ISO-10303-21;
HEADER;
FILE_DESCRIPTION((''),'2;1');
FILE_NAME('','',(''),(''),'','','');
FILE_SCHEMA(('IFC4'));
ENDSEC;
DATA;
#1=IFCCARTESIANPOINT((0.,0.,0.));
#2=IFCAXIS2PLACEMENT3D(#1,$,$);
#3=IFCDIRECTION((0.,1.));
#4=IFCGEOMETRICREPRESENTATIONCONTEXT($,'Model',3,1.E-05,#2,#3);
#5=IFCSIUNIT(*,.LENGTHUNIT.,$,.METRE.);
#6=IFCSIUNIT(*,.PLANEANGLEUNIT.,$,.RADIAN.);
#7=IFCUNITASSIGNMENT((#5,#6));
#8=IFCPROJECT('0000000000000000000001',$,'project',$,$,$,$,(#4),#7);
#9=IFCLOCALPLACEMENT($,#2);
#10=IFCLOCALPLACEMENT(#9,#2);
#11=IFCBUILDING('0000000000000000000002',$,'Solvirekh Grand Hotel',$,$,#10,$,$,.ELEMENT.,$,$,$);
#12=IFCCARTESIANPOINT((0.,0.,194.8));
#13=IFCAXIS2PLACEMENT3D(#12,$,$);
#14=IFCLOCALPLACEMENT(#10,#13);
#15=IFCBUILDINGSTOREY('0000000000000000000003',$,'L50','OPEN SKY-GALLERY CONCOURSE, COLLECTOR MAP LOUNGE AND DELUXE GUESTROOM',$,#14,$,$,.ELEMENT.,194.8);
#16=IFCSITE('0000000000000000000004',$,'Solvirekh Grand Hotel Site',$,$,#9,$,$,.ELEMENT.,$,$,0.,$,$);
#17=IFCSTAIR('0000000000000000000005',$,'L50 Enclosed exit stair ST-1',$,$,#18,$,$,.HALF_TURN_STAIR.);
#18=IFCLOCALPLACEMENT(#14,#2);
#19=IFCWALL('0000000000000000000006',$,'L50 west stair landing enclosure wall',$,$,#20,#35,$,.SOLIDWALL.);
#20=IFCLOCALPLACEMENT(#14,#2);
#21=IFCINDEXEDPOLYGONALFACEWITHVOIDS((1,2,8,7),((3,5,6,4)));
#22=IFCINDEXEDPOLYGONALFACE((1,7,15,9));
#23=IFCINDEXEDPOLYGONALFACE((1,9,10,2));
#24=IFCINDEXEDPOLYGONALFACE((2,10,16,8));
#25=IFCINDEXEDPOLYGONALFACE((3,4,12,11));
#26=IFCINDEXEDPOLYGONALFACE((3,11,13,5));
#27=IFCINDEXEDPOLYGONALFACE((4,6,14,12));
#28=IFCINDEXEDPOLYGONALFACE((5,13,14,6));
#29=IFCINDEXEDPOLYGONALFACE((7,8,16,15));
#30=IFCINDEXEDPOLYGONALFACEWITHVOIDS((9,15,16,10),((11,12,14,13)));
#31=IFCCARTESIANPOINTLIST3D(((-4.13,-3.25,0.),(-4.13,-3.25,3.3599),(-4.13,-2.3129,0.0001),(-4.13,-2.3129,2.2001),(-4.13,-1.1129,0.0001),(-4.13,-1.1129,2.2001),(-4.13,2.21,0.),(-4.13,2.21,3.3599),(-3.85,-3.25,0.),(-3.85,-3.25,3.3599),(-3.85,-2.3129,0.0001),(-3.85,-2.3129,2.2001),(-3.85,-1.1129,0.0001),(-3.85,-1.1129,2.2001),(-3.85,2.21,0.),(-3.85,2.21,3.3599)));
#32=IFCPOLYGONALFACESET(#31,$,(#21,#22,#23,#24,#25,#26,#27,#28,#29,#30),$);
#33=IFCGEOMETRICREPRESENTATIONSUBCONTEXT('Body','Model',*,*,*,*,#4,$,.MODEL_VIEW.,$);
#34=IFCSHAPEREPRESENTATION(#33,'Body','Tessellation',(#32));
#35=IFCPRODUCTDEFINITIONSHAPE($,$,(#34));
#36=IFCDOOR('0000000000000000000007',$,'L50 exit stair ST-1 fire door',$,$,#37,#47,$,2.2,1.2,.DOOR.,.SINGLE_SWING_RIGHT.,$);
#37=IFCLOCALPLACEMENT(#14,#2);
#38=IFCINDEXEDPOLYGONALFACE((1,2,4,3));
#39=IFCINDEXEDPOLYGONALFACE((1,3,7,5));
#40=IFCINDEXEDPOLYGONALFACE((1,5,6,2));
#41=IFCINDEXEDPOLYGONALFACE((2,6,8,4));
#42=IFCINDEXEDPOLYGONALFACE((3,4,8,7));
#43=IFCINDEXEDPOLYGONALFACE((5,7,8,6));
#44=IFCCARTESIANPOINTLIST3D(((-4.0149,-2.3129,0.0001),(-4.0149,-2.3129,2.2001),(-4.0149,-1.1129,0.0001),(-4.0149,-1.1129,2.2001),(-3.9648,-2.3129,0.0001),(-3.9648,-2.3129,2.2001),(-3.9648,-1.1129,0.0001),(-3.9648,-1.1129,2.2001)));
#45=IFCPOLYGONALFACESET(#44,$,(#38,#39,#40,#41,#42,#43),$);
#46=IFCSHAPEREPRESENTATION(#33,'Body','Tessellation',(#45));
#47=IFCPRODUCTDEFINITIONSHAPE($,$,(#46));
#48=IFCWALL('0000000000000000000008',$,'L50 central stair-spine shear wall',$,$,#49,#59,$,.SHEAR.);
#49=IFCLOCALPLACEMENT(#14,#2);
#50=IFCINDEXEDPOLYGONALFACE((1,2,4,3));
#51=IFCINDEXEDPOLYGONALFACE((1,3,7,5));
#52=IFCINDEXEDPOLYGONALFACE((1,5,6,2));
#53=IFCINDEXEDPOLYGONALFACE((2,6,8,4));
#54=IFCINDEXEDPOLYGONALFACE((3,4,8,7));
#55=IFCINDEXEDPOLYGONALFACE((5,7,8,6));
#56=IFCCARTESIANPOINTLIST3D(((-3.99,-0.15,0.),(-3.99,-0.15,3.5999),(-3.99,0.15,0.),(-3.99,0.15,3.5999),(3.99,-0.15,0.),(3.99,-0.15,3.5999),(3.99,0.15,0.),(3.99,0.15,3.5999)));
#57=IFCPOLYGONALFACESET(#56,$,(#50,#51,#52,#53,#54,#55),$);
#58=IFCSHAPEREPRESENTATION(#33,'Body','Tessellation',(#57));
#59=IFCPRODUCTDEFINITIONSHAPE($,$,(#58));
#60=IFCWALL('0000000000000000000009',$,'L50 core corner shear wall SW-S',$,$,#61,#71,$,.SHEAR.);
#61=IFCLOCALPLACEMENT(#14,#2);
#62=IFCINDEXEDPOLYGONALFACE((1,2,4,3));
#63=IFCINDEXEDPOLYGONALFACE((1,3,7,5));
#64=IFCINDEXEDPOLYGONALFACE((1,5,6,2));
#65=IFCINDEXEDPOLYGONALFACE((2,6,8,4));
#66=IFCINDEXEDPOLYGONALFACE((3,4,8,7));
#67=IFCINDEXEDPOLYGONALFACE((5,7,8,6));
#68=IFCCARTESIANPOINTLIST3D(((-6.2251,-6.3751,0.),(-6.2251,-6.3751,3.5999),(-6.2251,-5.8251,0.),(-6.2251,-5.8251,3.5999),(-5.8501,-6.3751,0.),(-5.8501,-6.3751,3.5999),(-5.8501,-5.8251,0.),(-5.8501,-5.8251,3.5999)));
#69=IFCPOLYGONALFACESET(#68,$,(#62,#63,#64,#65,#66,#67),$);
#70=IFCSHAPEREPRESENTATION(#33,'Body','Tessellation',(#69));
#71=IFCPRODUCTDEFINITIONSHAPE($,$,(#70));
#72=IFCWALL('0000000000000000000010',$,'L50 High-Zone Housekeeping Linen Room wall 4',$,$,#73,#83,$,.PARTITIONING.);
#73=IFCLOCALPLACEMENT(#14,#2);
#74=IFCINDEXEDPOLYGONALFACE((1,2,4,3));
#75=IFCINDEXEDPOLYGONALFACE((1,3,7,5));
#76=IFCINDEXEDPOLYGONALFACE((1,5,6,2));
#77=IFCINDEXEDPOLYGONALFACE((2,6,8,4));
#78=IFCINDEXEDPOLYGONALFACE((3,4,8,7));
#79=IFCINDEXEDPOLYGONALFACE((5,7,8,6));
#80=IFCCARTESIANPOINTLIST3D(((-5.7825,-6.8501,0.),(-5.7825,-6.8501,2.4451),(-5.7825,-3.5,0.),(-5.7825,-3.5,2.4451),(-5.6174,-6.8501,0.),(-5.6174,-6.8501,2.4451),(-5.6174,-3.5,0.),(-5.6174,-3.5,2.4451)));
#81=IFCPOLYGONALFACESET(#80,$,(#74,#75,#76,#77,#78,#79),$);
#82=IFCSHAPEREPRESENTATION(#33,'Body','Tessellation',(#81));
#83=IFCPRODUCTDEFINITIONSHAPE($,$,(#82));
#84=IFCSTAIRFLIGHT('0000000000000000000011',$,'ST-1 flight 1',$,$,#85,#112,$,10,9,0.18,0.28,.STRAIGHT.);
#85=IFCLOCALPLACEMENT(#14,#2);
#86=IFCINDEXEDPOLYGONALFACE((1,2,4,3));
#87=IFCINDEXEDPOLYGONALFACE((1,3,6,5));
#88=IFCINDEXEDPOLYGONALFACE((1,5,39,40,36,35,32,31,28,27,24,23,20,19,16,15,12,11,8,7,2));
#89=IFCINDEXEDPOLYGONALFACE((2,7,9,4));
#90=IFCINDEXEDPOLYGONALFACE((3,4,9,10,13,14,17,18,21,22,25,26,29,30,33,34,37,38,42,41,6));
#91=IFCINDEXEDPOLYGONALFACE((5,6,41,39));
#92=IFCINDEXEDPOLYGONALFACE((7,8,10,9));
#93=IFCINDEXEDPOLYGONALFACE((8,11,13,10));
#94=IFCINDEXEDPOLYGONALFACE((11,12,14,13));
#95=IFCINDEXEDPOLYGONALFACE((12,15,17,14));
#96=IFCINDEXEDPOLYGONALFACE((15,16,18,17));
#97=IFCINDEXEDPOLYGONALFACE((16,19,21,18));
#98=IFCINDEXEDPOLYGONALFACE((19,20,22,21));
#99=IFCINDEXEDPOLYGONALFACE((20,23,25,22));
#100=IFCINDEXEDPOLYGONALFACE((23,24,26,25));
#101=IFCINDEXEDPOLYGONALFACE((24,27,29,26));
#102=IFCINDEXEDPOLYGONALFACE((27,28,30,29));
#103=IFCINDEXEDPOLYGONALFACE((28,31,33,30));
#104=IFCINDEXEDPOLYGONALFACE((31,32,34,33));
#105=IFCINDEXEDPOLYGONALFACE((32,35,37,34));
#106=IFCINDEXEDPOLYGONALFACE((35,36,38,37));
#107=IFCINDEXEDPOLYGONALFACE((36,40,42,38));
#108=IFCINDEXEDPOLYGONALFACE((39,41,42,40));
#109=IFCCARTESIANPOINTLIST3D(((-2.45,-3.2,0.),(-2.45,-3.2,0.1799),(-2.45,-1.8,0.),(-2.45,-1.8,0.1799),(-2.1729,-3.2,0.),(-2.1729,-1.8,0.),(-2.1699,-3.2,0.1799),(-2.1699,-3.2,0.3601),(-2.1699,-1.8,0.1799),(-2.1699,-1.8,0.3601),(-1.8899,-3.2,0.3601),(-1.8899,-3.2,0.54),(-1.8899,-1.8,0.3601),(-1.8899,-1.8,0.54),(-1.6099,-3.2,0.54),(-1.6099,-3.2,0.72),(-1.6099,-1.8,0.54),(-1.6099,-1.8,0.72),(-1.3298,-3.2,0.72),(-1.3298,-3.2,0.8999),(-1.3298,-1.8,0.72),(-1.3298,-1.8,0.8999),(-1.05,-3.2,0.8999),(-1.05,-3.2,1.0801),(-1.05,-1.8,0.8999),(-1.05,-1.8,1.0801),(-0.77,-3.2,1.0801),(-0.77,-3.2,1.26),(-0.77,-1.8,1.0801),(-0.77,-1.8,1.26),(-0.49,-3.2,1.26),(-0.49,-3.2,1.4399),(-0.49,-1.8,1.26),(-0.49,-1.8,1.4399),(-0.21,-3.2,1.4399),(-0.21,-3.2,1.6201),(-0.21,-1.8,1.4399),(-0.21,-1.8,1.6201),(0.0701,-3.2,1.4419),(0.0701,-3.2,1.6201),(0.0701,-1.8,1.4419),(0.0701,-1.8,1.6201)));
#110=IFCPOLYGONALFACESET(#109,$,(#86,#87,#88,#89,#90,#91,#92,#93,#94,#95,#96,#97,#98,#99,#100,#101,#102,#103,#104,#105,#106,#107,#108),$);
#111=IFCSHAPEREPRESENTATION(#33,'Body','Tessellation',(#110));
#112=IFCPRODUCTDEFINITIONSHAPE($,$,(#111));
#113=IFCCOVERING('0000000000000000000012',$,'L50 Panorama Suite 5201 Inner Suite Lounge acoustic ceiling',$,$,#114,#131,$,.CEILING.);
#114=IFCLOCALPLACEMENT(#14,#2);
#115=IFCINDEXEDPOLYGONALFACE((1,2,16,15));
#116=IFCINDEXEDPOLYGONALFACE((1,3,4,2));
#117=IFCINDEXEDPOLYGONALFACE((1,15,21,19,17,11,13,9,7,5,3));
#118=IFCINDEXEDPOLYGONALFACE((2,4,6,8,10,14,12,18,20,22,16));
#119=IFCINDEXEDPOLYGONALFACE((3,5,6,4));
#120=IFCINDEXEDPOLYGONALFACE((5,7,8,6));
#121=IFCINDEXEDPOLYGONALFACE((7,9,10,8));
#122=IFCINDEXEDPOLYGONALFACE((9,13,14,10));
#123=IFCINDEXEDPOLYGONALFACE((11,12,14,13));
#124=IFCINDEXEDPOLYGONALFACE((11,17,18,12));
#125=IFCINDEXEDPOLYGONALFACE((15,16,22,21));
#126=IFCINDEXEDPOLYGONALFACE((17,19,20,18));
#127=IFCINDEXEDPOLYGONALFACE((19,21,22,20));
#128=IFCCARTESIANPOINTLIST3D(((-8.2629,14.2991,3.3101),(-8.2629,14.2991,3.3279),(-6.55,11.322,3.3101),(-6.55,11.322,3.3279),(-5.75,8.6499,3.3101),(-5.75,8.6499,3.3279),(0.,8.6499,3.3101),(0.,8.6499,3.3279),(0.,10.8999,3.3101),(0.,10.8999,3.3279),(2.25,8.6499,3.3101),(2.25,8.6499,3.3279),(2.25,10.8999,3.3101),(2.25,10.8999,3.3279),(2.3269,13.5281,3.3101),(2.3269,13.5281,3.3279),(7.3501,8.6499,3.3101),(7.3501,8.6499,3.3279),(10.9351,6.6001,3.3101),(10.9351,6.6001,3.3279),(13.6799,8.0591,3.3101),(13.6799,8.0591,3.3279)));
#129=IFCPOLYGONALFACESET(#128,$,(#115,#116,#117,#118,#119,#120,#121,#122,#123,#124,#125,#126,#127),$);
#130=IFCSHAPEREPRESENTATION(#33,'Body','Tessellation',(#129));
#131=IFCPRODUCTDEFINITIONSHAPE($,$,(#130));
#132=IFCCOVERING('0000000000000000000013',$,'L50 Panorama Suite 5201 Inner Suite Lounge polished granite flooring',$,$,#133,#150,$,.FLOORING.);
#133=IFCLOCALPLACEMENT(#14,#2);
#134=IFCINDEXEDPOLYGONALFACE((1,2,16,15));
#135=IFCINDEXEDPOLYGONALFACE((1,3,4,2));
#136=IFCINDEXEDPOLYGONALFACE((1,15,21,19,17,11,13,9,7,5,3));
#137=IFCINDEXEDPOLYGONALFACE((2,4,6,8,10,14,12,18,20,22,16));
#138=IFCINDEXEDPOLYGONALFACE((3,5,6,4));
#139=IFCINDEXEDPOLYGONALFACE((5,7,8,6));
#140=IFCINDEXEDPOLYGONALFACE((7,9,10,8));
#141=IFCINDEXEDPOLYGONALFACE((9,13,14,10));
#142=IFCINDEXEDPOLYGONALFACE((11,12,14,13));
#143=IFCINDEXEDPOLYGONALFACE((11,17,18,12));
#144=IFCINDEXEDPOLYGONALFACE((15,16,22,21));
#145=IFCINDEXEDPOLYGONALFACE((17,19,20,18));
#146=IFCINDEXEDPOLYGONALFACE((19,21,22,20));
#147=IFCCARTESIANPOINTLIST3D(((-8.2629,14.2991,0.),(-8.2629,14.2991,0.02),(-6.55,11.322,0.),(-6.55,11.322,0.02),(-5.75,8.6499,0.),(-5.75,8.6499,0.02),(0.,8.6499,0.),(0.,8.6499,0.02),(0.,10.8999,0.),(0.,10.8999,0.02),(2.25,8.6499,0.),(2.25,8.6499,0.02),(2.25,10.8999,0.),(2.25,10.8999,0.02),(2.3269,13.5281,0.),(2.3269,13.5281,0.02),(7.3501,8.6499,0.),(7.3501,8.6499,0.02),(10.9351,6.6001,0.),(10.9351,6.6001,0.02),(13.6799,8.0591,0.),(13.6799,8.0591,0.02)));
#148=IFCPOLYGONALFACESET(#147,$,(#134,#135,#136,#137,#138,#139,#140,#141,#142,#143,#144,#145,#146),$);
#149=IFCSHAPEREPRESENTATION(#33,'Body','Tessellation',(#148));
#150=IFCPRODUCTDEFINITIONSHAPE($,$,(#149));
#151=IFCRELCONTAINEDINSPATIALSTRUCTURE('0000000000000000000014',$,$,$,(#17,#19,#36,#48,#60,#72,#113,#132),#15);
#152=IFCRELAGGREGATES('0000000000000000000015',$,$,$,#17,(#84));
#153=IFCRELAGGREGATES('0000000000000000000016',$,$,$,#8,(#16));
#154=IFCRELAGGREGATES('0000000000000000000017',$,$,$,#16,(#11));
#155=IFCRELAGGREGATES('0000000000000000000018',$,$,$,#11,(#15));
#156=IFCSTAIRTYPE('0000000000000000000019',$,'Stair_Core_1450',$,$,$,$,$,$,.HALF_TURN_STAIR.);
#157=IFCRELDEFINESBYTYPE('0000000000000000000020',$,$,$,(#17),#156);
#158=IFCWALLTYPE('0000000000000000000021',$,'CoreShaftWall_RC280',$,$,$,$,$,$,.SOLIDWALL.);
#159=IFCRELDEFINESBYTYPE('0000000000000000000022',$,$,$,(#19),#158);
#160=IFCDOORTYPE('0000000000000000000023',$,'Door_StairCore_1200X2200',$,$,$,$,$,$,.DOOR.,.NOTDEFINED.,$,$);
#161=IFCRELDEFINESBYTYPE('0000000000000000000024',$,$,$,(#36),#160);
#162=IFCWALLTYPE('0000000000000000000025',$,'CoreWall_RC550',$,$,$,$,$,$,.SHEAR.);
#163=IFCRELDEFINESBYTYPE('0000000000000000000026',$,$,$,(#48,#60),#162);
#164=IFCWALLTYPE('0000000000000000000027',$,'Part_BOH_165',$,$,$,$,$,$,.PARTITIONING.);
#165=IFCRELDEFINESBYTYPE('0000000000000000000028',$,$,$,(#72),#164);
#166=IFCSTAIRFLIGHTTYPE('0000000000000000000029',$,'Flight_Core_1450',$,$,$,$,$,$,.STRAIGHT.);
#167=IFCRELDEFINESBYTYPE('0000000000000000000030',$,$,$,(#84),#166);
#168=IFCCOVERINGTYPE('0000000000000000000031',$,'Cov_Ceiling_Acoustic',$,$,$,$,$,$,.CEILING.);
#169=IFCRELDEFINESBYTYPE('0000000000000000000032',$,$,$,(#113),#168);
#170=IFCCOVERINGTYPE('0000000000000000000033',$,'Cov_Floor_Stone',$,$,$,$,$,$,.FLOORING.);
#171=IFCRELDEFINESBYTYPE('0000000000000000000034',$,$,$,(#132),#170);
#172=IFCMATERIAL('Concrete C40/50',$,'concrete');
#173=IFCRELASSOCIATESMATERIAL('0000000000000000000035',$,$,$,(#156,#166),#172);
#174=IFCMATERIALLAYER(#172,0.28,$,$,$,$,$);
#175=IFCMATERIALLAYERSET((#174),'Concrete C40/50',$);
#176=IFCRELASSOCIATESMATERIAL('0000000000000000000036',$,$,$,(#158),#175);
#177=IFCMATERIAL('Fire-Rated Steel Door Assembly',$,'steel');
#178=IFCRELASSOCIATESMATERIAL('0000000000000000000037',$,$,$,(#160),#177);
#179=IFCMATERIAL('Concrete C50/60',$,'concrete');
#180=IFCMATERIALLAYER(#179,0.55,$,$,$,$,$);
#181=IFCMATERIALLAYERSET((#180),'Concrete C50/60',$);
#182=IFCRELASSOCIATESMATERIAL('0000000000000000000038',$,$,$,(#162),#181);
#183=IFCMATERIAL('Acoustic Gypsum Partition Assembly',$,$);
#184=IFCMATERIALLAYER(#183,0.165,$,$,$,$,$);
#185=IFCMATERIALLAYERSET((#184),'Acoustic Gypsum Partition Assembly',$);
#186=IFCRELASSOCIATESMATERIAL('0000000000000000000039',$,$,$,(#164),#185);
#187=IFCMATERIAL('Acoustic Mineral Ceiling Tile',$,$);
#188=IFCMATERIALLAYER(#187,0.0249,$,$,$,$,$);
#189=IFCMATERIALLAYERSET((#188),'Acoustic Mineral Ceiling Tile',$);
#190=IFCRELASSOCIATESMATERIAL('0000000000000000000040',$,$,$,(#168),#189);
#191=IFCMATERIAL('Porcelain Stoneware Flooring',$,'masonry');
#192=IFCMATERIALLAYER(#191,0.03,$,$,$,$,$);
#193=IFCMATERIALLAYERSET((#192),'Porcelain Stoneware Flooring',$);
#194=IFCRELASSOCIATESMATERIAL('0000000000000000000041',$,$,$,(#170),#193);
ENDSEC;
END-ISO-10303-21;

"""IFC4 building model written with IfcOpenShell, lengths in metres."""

from ifc_helpers import new_model, si_unit, direction, frame, frame_2d, origin, place, context, subcontext, project, spatial, polyline, rectangle, outline, extrude, material, layer, layer_set, type_object, element, fill, aggregate, save


model = new_model("IFC4")

# Units and contexts
model_context = context("Model", 3, precision=1e-05, world=origin(), true_north=direction((0.0, 1.0)))
body_context = subcontext(model_context, "Body", "Model", "MODEL_VIEW")
ifc_project = project(units=[si_unit("LENGTHUNIT", "METRE"), si_unit("PLANEANGLEUNIT", "RADIAN")], contexts=[model_context])

# Site, building, storey
site_placement = place(None, origin())
site = spatial("IfcSite", under=ifc_project, at=site_placement, Name="Solvirekh Grand Hotel Site", CompositionType="ELEMENT", RefElevation=0.0)
building_placement = place(site_placement, origin())
building = spatial("IfcBuilding", under=site, at=building_placement, Name="Solvirekh Grand Hotel", CompositionType="ELEMENT")
storey_placement = place(building_placement, frame((0.0, 0.0, 194.8)))
storey = spatial("IfcBuildingStorey", under=building, at=storey_placement, Name="L50", Description="OPEN SKY-GALLERY CONCOURSE, COLLECTOR MAP LOUNGE AND DELUXE GUESTROOM", CompositionType="ELEMENT", Elevation=194.8)

# Shared definitions
ifc_material_1 = material(Name="Concrete C50/60", Category="concrete")

# Stair
ifc_material_2 = material(Name="Concrete C40/50", Category="concrete")
stair_type = type_object("IfcStairType", Name="Stair_Core_1450", PredefinedType="HALF_TURN_STAIR", material=ifc_material_2)
stair_1_placement = place(storey_placement, origin())
stair_1 = element("IfcStair", 1, at=stair_1_placement, inside=storey, type_object=stair_type, Name="L50 Enclosed exit stair ST-1", PredefinedType="HALF_TURN_STAIR")

# Wall, opening, door
ifc_layer_1 = layer(ifc_material_2, 0.28)
ifc_layer_set_1 = layer_set([ifc_layer_1], Name="Concrete C40/50")
wall_type_1 = type_object("IfcWallType", Name="CoreShaftWall_RC280", PredefinedType="SOLIDWALL", material=ifc_layer_set_1)
wall_1_placement = place(storey_placement, frame((-3.99, -3.25, 0.0), z_axis=(0.0, 0.0, 1.0), x_axis=(0.0, 1.0, 0.0)))
wall_1 = element("IfcWall", 2, at=wall_1_placement, inside=storey, type_object=wall_type_1, Name="L50 west stair landing enclosure wall", PredefinedType="SOLIDWALL", context=body_context, shape_type="SweptSolid", body=[
    extrude(rectangle(XDim=5.46, YDim=0.28, at=frame_2d((2.73, 0.0))), origin(), (0.0, 0.0, 1.0), 3.3599),
])
opening_placement = place(wall_1_placement, frame((0.937, 0.0, 0.0)))
opening = element("IfcOpeningElement", 3, at=opening_placement, cuts=wall_1, PredefinedType="OPENING", context=body_context, shape_type="SweptSolid", body=[
    extrude(rectangle(XDim=1.2, YDim=2.2, at=frame_2d((0.6001, 1.1001))), frame((0.0, 0.1499, 0.0), z_axis=(0.0, -1.0, 0.0), x_axis=(1.0, 0.0, 0.0)), (0.0, 0.0, 1.0), 0.3),
])
ifc_material_3 = material(Name="Fire-Rated Steel Door Assembly", Category="steel")
door_type = type_object("IfcDoorType", Name="Door_StairCore_1200X2200", OperationType="NOTDEFINED", PredefinedType="DOOR", material=ifc_material_3)
door_placement = place(opening_placement, origin())
door = element("IfcDoor", 4, at=door_placement, inside=storey, type_object=door_type, Name="L50 exit stair ST-1 fire door", OperationType="SINGLE_SWING_RIGHT", OverallHeight=2.2, OverallWidth=1.2, PredefinedType="DOOR", context=body_context, shape_type="SweptSolid", body=[
    extrude(rectangle(XDim=1.2, YDim=2.2, at=frame_2d((0.6001, 1.1001))), frame((0.0, 0.0249, 0.0), z_axis=(0.0, -1.0, 0.0), x_axis=(1.0, 0.0, 0.0)), (0.0, 0.0, 1.0), 0.05),
])
fill(opening, door)

# Walls
ifc_layer_2 = layer(ifc_material_1, 0.55)
ifc_layer_set_2 = layer_set([ifc_layer_2], Name="Concrete C50/60")
wall_type_2 = type_object("IfcWallType", Name="CoreWall_RC550", PredefinedType="SHEAR", material=ifc_layer_set_2)
wall_2_placement = place(storey_placement, frame((-3.99, 0.0, 0.0), z_axis=(0.0, 0.0, 1.0), x_axis=(1.0, 0.0, 0.0)))
element("IfcWall", 5, at=wall_2_placement, inside=storey, type_object=wall_type_2, Name="L50 central stair-spine shear wall", PredefinedType="SHEAR", context=body_context, shape_type="SweptSolid", body=[
    extrude(rectangle(XDim=7.98, YDim=0.3, at=frame_2d((3.99, 0.0))), origin(), (0.0, 0.0, 1.0), 3.5999),
])
wall_3_placement = place(storey_placement, frame((-6.2251, -6.1001, 0.0), z_axis=(0.0, 0.0, 1.0), x_axis=(1.0, 0.0, 0.0)))
element("IfcWall", 6, at=wall_3_placement, inside=storey, type_object=wall_type_2, Name="L50 core corner shear wall SW-S", PredefinedType="SHEAR", context=body_context, shape_type="SweptSolid", body=[
    extrude(rectangle(XDim=0.375, YDim=0.55, at=frame_2d((0.1875, 0.0))), origin(), (0.0, 0.0, 1.0), 3.5999),
])
ifc_material_4 = material(Name="Acoustic Gypsum Partition Assembly")
ifc_layer_3 = layer(ifc_material_4, 0.165)
ifc_layer_set_3 = layer_set([ifc_layer_3], Name="Acoustic Gypsum Partition Assembly")
wall_type_3 = type_object("IfcWallType", Name="Part_BOH_165", PredefinedType="PARTITIONING", material=ifc_layer_set_3)
wall_4_placement = place(storey_placement, frame((-5.7, -3.5, 0.0), z_axis=(0.0, 0.0, 1.0), x_axis=(0.0, -1.0, 0.0)))
element("IfcWall", 7, at=wall_4_placement, inside=storey, type_object=wall_type_3, Name="L50 High-Zone Housekeeping Linen Room wall 4", PredefinedType="PARTITIONING", context=body_context, shape_type="SweptSolid", body=[
    extrude(rectangle(XDim=3.3501, YDim=0.165, at=frame_2d((1.675, 0.0))), origin(), (0.0, 0.0, 1.0), 2.4451),
])

# Stair flight
stair_flight_type = type_object("IfcStairFlightType", Name="Flight_Core_1450", PredefinedType="STRAIGHT", material=ifc_material_2)
stair_flight_placement = place(storey_placement, frame((-2.45, -2.5, 0.0), z_axis=(0.0, 0.0, 1.0), x_axis=(1.0, 0.0, 0.0)))
stair_flight = element("IfcStairFlight", 8, at=stair_flight_placement, type_object=stair_flight_type, Name="ST-1 flight 1", NumberOfRisers=10, NumberOfTreads=9, PredefinedType="STRAIGHT", RiserHeight=0.18, TreadLength=0.28, context=body_context, shape_type="SweptSolid", body=[
    extrude(outline(polyline([(0.0, 0.0), (0.0, 0.1799), (0.28, 0.1799), (0.28, 0.3601), (0.5601, 0.3601), (0.5601, 0.54), (0.8401, 0.54), (0.8401, 0.72), (1.1201, 0.72), (1.1201, 0.8999), (1.3999, 0.8999), (1.3999, 1.0801), (1.6799, 1.0801), (1.6799, 1.26), (1.96, 1.26), (1.96, 1.4399), (2.24, 1.4399), (2.24, 1.6201), (2.52, 1.6201), (2.52, 1.8), (2.52, 1.4419), (0.2771, 0.0), (0.0, 0.0)])), frame((0.0, 0.7, 0.0), z_axis=(0.0, -1.0, 0.0), x_axis=(1.0, 0.0, 0.0)), (0.0, 0.0, 1.0), 1.3999),
])
aggregate(stair_1, [stair_flight])

# Coverings
ifc_material_5 = material(Name="Acoustic Mineral Ceiling Tile")
ifc_layer_4 = layer(ifc_material_5, 0.0249)
ifc_layer_set_4 = layer_set([ifc_layer_4], Name="Acoustic Mineral Ceiling Tile")
covering_type_1 = type_object("IfcCoveringType", Name="Cov_Ceiling_Acoustic", PredefinedType="CEILING", material=ifc_layer_set_4)
covering_1_placement = place(storey_placement, frame((0.0, 0.0, 3.3101)))
element("IfcCovering", 9, at=covering_1_placement, inside=storey, type_object=covering_type_1, Name="L50 Panorama Suite 5201 Inner Suite Lounge acoustic ceiling", PredefinedType="CEILING", context=body_context, shape_type="SweptSolid", body=[
    extrude(outline(polyline([(0.0, 8.6499), (0.0, 10.8999), (2.25, 10.8999), (2.25, 8.6499), (7.3501, 8.6499), (10.9351, 6.6001), (13.6799, 8.0591), (2.3269, 13.5281), (-8.2629, 14.2991), (-6.55, 11.322), (-5.75, 8.6499), (0.0, 8.6499)])), origin(), (0.0, 0.0, 1.0), 0.0178),
])
ifc_material_6 = material(Name="Porcelain Stoneware Flooring", Category="masonry")
ifc_layer_5 = layer(ifc_material_6, 0.03)
ifc_layer_set_5 = layer_set([ifc_layer_5], Name="Porcelain Stoneware Flooring")
covering_type_2 = type_object("IfcCoveringType", Name="Cov_Floor_Stone", PredefinedType="FLOORING", material=ifc_layer_set_5)
covering_2_placement = place(storey_placement, origin())
element("IfcCovering", 10, at=covering_2_placement, inside=storey, type_object=covering_type_2, Name="L50 Panorama Suite 5201 Inner Suite Lounge polished granite flooring", PredefinedType="FLOORING", context=body_context, shape_type="SweptSolid", body=[
    extrude(outline(polyline([(0.0, 8.6499), (0.0, 10.8999), (2.25, 10.8999), (2.25, 8.6499), (7.3501, 8.6499), (10.9351, 6.6001), (13.6799, 8.0591), (2.3269, 13.5281), (-8.2629, 14.2991), (-6.55, 11.322), (-5.75, 8.6499), (0.0, 8.6499)])), origin(), (0.0, 0.0, 1.0), 0.02),
])

save(model, "model.ifc")
